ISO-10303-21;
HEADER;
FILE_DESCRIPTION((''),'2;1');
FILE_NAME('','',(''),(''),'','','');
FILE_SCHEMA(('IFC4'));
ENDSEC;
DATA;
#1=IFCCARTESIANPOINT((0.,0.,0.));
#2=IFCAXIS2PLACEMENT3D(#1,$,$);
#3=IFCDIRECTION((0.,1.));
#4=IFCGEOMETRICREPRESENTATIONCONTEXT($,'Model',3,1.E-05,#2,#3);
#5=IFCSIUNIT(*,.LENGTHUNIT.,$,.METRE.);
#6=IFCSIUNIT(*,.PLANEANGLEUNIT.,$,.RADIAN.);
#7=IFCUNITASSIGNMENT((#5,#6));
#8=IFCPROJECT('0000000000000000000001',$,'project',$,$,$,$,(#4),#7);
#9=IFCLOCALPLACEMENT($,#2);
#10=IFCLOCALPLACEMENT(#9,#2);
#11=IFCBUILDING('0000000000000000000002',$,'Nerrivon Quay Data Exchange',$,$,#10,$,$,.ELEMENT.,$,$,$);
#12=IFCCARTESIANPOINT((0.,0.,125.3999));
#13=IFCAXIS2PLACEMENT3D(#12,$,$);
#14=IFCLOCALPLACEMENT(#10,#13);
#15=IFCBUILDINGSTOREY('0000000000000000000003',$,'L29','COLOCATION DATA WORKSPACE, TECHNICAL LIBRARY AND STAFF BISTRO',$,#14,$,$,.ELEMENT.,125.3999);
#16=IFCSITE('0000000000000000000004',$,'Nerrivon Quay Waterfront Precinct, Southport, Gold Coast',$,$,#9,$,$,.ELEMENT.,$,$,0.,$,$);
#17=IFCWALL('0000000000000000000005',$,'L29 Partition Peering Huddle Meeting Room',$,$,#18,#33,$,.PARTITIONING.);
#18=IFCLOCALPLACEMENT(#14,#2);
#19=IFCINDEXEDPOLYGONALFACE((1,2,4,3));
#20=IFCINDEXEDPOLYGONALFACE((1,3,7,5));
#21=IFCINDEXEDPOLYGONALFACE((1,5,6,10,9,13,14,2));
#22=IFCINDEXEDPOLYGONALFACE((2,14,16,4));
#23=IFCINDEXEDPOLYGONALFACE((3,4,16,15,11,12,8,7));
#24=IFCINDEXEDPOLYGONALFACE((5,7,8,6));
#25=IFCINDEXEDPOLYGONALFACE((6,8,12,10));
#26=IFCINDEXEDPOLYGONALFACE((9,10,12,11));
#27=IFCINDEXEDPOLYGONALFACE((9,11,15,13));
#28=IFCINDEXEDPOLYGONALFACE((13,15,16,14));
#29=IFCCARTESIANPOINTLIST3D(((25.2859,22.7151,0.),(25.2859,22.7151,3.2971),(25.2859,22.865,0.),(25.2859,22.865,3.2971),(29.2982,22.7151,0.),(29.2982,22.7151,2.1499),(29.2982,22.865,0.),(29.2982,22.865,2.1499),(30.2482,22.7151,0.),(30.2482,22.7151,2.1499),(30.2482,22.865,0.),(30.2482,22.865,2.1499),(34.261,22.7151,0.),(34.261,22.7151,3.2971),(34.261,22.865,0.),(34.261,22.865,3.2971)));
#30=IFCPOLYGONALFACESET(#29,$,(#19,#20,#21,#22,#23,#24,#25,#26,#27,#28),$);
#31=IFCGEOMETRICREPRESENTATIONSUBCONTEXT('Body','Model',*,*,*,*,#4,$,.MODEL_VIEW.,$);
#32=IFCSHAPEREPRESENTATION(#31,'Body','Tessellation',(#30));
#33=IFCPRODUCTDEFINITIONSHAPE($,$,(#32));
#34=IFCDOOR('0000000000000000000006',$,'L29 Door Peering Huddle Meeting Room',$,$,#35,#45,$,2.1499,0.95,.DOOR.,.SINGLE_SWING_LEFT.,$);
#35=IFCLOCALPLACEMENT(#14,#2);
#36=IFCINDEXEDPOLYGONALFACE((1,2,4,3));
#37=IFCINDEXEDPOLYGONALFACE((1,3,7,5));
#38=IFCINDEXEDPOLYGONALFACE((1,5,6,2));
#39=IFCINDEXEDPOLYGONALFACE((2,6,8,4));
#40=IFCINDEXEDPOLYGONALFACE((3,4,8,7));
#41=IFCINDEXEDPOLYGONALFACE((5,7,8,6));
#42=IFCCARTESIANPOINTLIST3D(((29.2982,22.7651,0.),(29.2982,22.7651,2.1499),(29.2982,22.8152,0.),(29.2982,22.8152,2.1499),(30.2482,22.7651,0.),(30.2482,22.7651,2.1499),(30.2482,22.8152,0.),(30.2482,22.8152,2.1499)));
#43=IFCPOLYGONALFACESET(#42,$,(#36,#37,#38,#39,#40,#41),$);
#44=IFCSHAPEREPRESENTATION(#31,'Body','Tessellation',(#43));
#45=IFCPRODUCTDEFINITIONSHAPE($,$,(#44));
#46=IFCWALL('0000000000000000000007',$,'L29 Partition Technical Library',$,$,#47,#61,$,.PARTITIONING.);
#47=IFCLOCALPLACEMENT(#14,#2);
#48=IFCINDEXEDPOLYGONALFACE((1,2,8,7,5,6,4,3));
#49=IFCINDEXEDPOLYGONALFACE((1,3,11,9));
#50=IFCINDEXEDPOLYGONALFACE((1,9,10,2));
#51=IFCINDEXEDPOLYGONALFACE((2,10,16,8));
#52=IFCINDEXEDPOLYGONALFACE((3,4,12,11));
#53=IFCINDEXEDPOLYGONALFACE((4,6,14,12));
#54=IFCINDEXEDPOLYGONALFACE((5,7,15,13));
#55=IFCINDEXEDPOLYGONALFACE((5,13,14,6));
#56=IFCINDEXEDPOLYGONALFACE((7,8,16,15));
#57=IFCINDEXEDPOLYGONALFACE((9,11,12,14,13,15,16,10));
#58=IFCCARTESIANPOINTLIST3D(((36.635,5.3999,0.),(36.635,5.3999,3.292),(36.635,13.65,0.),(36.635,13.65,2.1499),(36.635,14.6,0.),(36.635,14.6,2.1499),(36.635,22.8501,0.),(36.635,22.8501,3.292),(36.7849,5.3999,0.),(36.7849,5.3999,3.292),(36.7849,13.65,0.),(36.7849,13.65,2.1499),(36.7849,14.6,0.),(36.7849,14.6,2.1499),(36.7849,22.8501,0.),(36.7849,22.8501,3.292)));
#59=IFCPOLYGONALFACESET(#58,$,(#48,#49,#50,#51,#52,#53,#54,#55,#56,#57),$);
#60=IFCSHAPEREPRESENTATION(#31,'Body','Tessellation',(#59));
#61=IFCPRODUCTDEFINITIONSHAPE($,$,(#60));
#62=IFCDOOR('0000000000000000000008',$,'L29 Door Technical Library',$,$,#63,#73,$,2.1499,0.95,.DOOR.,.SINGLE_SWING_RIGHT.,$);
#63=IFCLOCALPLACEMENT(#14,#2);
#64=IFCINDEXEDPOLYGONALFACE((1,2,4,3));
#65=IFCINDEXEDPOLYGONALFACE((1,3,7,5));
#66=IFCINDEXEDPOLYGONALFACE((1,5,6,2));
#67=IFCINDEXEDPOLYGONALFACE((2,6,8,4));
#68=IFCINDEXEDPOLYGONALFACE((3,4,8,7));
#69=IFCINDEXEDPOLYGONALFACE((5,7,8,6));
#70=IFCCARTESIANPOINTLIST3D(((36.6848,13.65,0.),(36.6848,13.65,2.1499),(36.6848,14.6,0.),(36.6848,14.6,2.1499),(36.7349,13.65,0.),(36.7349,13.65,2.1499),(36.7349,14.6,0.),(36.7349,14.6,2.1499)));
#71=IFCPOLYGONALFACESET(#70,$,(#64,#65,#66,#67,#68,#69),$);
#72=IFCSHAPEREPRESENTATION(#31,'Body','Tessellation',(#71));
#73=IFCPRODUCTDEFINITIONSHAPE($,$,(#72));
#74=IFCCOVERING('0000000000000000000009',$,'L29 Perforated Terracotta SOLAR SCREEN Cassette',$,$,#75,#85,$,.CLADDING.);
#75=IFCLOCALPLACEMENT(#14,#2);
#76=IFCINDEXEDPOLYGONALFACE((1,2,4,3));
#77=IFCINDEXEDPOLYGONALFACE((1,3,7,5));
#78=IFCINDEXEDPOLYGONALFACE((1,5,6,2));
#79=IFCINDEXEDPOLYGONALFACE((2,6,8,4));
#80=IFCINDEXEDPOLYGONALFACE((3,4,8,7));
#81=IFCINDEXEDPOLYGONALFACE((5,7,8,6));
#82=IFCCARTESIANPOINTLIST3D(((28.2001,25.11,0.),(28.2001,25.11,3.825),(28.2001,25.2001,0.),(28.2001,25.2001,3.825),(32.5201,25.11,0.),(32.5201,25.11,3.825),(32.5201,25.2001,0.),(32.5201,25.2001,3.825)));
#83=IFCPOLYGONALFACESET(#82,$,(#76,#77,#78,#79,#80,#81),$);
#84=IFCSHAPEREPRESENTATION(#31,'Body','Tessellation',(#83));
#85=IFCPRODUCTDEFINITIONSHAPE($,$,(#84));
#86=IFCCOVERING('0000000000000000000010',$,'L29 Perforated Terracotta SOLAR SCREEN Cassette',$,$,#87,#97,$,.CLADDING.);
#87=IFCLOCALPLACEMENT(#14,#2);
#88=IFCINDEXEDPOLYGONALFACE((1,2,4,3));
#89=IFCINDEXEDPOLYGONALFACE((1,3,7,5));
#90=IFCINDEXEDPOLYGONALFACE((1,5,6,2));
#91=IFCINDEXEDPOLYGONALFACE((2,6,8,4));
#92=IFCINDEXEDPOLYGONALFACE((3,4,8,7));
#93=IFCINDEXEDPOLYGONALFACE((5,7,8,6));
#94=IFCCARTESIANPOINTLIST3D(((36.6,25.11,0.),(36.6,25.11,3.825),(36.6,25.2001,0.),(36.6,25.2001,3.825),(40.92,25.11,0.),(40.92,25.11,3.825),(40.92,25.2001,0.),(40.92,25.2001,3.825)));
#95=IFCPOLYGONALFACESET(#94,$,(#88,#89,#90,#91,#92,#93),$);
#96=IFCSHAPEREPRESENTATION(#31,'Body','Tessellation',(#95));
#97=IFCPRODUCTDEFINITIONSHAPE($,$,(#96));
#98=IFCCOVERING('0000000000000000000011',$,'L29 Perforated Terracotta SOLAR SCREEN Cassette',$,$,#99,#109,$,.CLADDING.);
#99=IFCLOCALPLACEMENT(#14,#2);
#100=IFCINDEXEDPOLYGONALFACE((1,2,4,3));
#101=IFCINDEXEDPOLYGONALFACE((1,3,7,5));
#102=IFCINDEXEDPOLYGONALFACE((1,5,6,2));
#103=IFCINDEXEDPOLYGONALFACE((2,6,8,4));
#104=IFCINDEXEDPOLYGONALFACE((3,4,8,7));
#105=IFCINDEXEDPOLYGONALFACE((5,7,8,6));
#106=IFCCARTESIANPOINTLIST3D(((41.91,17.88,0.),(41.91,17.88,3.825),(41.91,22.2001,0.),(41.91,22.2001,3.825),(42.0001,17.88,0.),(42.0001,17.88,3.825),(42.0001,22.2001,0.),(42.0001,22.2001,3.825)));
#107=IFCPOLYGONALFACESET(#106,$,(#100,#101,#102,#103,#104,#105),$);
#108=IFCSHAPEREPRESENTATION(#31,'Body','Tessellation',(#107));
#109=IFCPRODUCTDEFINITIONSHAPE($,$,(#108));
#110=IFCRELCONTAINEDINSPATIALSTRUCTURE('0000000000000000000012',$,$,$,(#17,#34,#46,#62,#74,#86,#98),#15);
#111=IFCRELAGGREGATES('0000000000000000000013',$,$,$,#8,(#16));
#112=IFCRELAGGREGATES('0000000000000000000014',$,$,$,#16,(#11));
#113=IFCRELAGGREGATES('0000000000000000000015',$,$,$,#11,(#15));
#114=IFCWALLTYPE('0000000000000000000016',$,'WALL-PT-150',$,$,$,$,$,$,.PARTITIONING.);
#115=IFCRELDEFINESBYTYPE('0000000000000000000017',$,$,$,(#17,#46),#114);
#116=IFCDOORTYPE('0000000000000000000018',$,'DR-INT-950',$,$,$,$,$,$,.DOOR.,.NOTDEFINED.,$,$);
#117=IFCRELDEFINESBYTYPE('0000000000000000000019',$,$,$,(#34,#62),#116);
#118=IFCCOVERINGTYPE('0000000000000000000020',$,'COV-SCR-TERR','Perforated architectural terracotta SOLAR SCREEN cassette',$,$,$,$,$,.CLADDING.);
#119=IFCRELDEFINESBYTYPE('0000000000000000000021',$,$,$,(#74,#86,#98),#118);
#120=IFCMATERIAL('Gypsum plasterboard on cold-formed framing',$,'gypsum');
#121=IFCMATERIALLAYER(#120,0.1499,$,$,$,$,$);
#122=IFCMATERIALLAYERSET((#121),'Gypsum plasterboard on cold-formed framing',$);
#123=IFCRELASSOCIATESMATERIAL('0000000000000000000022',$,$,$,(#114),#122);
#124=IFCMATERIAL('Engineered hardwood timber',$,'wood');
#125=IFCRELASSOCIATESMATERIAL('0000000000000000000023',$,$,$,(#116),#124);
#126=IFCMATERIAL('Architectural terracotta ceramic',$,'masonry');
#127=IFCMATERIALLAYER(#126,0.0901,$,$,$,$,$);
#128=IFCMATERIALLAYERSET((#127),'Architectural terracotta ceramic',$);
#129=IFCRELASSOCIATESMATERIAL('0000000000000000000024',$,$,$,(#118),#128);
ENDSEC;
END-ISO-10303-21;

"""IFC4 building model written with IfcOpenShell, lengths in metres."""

from ifc_helpers import new_model, si_unit, direction, frame, frame_2d, origin, origin_2d, place, context, subcontext, project, spatial, rectangle, extrude, material, layer, layer_set, type_object, element, fill, save


model = new_model("IFC4")

# Units and contexts
model_context = context("Model", 3, precision=1e-05, world=origin(), true_north=direction((0.0, 1.0)))
body_context = subcontext(model_context, "Body", "Model", "MODEL_VIEW")
ifc_project = project(units=[si_unit("LENGTHUNIT", "METRE"), si_unit("PLANEANGLEUNIT", "RADIAN")], contexts=[model_context])

# Site, building, storey
site_placement = place(None, origin())
site = spatial("IfcSite", under=ifc_project, at=site_placement, Name="Nerrivon Quay Waterfront Precinct, Southport, Gold Coast", CompositionType="ELEMENT", RefElevation=0.0)
building_placement = place(site_placement, origin())
building = spatial("IfcBuilding", under=site, at=building_placement, Name="Nerrivon Quay Data Exchange", CompositionType="ELEMENT")
storey_placement = place(building_placement, frame((0.0, 0.0, 125.3999)))
storey = spatial("IfcBuildingStorey", under=building, at=storey_placement, Name="L29", Description="COLOCATION DATA WORKSPACE, TECHNICAL LIBRARY AND STAFF BISTRO", CompositionType="ELEMENT", Elevation=125.3999)

# Shared definitions
ifc_material_1 = material(Name="Gypsum plasterboard on cold-formed framing", Category="gypsum")

# Walls, openings, doors
ifc_layer_1 = layer(ifc_material_1, 0.1499)
ifc_layer_set_1 = layer_set([ifc_layer_1], Name="Gypsum plasterboard on cold-formed framing")
wall_type_1 = type_object("IfcWallType", Name="WALL-PT-150", PredefinedType="PARTITIONING", material=ifc_layer_set_1)
wall_1_placement = place(storey_placement, frame((34.261, 22.79, 0.0), z_axis=(0.0, 0.0, 1.0), x_axis=(-1.0, 0.0, 0.0)))
wall_1 = element("IfcWall", 1, at=wall_1_placement, inside=storey, type_object=wall_type_1, Name="L29 Partition Peering Huddle Meeting Room", PredefinedType="PARTITIONING", context=body_context, shape_type="SweptSolid", body=[
    extrude(rectangle(XDim=8.9751, YDim=0.1499, at=frame_2d((4.4875, 0.0))), origin(), (0.0, 0.0, 1.0), 3.2971),
])
opening_1_placement = place(wall_1_placement, frame((4.0127, 0.0, 0.0)))
opening_1 = element("IfcOpeningElement", 2, at=opening_1_placement, cuts=wall_1, PredefinedType="OPENING", context=body_context, shape_type="SweptSolid", body=[
    extrude(rectangle(XDim=0.95, YDim=2.1499, at=frame_2d((0.4751, 1.075))), frame((0.0, 0.085, 0.0), z_axis=(0.0, -1.0, 0.0), x_axis=(1.0, 0.0, 0.0)), (0.0, 0.0, 1.0), 0.1699),
])
ifc_material_2 = material(Name="Engineered hardwood timber", Category="wood")
door_type = type_object("IfcDoorType", Name="DR-INT-950", OperationType="NOTDEFINED", PredefinedType="DOOR", material=ifc_material_2)
door_1_placement = place(opening_1_placement, origin())
door_1 = element("IfcDoor", 3, at=door_1_placement, inside=storey, type_object=door_type, Name="L29 Door Peering Huddle Meeting Room", OperationType="SINGLE_SWING_LEFT", OverallHeight=2.1499, OverallWidth=0.95, PredefinedType="DOOR", context=body_context, shape_type="SweptSolid", body=[
    extrude(rectangle(XDim=0.95, YDim=2.1499, at=frame_2d((0.4751, 1.075))), frame((0.0, 0.0249, 0.0), z_axis=(0.0, -1.0, 0.0), x_axis=(1.0, 0.0, 0.0)), (0.0, 0.0, 1.0), 0.05),
])
fill(opening_1, door_1)
wall_2_placement = place(storey_placement, frame((36.71, 22.8501, 0.0), z_axis=(0.0, 0.0, 1.0), x_axis=(0.0, -1.0, 0.0)))
wall_2 = element("IfcWall", 4, at=wall_2_placement, inside=storey, type_object=wall_type_1, Name="L29 Partition Technical Library", PredefinedType="PARTITIONING", context=body_context, shape_type="SweptSolid", body=[
    extrude(rectangle(XDim=17.4502, YDim=0.1499, at=frame_2d((8.7251, 0.0))), origin(), (0.0, 0.0, 1.0), 3.292),
])
opening_2_placement = place(wall_2_placement, frame((8.25, 0.0, 0.0)))
opening_2 = element("IfcOpeningElement", 5, at=opening_2_placement, cuts=wall_2, PredefinedType="OPENING", context=body_context, shape_type="SweptSolid", body=[
    extrude(rectangle(XDim=0.95, YDim=2.1499, at=frame_2d((0.4751, 1.075))), frame((0.0, 0.085, 0.0), z_axis=(0.0, -1.0, 0.0), x_axis=(1.0, 0.0, 0.0)), (0.0, 0.0, 1.0), 0.1699),
])
door_2_placement = place(opening_2_placement, origin())
door_2 = element("IfcDoor", 6, at=door_2_placement, inside=storey, type_object=door_type, Name="L29 Door Technical Library", OperationType="SINGLE_SWING_RIGHT", OverallHeight=2.1499, OverallWidth=0.95, PredefinedType="DOOR", context=body_context, shape_type="SweptSolid", body=[
    extrude(rectangle(XDim=0.95, YDim=2.1499, at=frame_2d((0.4751, 1.075))), frame((0.0, 0.0249, 0.0), z_axis=(0.0, -1.0, 0.0), x_axis=(1.0, 0.0, 0.0)), (0.0, 0.0, 1.0), 0.05),
])
fill(opening_2, door_2)

# Coverings
ifc_material_3 = material(Name="Architectural terracotta ceramic", Category="masonry")
ifc_layer_2 = layer(ifc_material_3, 0.0901)
ifc_layer_set_2 = layer_set([ifc_layer_2], Name="Architectural terracotta ceramic")
covering_type = type_object("IfcCoveringType", Name="COV-SCR-TERR", Description="Perforated architectural terracotta SOLAR SCREEN cassette", PredefinedType="CLADDING", material=ifc_layer_set_2)
for number, where, z_axis, x_axis, name in (
    (7, (30.3601, 25.155, 0.0), (0.0, 0.0, 1.0), (1.0, 0.0, 0.0), "L29 Perforated Terracotta SOLAR SCREEN Cassette"),
    (8, (38.76, 25.155, 0.0), (0.0, 0.0, 1.0), (1.0, 0.0, 0.0), "L29 Perforated Terracotta SOLAR SCREEN Cassette"),
    (9, (41.9551, 20.04, 0.0), (0.0, 0.0, 1.0), (0.0, -1.0, 0.0), "L29 Perforated Terracotta SOLAR SCREEN Cassette"),
):
    element("IfcCovering", number, at=place(storey_placement, frame(where, z_axis=z_axis, x_axis=x_axis)), inside=storey, type_object=covering_type, Name=name, PredefinedType="CLADDING", context=body_context, shape_type="SweptSolid", body=[
        extrude(rectangle(XDim=4.3201, YDim=0.0901, at=origin_2d()), origin(), (0.0, 0.0, 1.0), 3.825),
    ])

save(model, "model.ifc")
